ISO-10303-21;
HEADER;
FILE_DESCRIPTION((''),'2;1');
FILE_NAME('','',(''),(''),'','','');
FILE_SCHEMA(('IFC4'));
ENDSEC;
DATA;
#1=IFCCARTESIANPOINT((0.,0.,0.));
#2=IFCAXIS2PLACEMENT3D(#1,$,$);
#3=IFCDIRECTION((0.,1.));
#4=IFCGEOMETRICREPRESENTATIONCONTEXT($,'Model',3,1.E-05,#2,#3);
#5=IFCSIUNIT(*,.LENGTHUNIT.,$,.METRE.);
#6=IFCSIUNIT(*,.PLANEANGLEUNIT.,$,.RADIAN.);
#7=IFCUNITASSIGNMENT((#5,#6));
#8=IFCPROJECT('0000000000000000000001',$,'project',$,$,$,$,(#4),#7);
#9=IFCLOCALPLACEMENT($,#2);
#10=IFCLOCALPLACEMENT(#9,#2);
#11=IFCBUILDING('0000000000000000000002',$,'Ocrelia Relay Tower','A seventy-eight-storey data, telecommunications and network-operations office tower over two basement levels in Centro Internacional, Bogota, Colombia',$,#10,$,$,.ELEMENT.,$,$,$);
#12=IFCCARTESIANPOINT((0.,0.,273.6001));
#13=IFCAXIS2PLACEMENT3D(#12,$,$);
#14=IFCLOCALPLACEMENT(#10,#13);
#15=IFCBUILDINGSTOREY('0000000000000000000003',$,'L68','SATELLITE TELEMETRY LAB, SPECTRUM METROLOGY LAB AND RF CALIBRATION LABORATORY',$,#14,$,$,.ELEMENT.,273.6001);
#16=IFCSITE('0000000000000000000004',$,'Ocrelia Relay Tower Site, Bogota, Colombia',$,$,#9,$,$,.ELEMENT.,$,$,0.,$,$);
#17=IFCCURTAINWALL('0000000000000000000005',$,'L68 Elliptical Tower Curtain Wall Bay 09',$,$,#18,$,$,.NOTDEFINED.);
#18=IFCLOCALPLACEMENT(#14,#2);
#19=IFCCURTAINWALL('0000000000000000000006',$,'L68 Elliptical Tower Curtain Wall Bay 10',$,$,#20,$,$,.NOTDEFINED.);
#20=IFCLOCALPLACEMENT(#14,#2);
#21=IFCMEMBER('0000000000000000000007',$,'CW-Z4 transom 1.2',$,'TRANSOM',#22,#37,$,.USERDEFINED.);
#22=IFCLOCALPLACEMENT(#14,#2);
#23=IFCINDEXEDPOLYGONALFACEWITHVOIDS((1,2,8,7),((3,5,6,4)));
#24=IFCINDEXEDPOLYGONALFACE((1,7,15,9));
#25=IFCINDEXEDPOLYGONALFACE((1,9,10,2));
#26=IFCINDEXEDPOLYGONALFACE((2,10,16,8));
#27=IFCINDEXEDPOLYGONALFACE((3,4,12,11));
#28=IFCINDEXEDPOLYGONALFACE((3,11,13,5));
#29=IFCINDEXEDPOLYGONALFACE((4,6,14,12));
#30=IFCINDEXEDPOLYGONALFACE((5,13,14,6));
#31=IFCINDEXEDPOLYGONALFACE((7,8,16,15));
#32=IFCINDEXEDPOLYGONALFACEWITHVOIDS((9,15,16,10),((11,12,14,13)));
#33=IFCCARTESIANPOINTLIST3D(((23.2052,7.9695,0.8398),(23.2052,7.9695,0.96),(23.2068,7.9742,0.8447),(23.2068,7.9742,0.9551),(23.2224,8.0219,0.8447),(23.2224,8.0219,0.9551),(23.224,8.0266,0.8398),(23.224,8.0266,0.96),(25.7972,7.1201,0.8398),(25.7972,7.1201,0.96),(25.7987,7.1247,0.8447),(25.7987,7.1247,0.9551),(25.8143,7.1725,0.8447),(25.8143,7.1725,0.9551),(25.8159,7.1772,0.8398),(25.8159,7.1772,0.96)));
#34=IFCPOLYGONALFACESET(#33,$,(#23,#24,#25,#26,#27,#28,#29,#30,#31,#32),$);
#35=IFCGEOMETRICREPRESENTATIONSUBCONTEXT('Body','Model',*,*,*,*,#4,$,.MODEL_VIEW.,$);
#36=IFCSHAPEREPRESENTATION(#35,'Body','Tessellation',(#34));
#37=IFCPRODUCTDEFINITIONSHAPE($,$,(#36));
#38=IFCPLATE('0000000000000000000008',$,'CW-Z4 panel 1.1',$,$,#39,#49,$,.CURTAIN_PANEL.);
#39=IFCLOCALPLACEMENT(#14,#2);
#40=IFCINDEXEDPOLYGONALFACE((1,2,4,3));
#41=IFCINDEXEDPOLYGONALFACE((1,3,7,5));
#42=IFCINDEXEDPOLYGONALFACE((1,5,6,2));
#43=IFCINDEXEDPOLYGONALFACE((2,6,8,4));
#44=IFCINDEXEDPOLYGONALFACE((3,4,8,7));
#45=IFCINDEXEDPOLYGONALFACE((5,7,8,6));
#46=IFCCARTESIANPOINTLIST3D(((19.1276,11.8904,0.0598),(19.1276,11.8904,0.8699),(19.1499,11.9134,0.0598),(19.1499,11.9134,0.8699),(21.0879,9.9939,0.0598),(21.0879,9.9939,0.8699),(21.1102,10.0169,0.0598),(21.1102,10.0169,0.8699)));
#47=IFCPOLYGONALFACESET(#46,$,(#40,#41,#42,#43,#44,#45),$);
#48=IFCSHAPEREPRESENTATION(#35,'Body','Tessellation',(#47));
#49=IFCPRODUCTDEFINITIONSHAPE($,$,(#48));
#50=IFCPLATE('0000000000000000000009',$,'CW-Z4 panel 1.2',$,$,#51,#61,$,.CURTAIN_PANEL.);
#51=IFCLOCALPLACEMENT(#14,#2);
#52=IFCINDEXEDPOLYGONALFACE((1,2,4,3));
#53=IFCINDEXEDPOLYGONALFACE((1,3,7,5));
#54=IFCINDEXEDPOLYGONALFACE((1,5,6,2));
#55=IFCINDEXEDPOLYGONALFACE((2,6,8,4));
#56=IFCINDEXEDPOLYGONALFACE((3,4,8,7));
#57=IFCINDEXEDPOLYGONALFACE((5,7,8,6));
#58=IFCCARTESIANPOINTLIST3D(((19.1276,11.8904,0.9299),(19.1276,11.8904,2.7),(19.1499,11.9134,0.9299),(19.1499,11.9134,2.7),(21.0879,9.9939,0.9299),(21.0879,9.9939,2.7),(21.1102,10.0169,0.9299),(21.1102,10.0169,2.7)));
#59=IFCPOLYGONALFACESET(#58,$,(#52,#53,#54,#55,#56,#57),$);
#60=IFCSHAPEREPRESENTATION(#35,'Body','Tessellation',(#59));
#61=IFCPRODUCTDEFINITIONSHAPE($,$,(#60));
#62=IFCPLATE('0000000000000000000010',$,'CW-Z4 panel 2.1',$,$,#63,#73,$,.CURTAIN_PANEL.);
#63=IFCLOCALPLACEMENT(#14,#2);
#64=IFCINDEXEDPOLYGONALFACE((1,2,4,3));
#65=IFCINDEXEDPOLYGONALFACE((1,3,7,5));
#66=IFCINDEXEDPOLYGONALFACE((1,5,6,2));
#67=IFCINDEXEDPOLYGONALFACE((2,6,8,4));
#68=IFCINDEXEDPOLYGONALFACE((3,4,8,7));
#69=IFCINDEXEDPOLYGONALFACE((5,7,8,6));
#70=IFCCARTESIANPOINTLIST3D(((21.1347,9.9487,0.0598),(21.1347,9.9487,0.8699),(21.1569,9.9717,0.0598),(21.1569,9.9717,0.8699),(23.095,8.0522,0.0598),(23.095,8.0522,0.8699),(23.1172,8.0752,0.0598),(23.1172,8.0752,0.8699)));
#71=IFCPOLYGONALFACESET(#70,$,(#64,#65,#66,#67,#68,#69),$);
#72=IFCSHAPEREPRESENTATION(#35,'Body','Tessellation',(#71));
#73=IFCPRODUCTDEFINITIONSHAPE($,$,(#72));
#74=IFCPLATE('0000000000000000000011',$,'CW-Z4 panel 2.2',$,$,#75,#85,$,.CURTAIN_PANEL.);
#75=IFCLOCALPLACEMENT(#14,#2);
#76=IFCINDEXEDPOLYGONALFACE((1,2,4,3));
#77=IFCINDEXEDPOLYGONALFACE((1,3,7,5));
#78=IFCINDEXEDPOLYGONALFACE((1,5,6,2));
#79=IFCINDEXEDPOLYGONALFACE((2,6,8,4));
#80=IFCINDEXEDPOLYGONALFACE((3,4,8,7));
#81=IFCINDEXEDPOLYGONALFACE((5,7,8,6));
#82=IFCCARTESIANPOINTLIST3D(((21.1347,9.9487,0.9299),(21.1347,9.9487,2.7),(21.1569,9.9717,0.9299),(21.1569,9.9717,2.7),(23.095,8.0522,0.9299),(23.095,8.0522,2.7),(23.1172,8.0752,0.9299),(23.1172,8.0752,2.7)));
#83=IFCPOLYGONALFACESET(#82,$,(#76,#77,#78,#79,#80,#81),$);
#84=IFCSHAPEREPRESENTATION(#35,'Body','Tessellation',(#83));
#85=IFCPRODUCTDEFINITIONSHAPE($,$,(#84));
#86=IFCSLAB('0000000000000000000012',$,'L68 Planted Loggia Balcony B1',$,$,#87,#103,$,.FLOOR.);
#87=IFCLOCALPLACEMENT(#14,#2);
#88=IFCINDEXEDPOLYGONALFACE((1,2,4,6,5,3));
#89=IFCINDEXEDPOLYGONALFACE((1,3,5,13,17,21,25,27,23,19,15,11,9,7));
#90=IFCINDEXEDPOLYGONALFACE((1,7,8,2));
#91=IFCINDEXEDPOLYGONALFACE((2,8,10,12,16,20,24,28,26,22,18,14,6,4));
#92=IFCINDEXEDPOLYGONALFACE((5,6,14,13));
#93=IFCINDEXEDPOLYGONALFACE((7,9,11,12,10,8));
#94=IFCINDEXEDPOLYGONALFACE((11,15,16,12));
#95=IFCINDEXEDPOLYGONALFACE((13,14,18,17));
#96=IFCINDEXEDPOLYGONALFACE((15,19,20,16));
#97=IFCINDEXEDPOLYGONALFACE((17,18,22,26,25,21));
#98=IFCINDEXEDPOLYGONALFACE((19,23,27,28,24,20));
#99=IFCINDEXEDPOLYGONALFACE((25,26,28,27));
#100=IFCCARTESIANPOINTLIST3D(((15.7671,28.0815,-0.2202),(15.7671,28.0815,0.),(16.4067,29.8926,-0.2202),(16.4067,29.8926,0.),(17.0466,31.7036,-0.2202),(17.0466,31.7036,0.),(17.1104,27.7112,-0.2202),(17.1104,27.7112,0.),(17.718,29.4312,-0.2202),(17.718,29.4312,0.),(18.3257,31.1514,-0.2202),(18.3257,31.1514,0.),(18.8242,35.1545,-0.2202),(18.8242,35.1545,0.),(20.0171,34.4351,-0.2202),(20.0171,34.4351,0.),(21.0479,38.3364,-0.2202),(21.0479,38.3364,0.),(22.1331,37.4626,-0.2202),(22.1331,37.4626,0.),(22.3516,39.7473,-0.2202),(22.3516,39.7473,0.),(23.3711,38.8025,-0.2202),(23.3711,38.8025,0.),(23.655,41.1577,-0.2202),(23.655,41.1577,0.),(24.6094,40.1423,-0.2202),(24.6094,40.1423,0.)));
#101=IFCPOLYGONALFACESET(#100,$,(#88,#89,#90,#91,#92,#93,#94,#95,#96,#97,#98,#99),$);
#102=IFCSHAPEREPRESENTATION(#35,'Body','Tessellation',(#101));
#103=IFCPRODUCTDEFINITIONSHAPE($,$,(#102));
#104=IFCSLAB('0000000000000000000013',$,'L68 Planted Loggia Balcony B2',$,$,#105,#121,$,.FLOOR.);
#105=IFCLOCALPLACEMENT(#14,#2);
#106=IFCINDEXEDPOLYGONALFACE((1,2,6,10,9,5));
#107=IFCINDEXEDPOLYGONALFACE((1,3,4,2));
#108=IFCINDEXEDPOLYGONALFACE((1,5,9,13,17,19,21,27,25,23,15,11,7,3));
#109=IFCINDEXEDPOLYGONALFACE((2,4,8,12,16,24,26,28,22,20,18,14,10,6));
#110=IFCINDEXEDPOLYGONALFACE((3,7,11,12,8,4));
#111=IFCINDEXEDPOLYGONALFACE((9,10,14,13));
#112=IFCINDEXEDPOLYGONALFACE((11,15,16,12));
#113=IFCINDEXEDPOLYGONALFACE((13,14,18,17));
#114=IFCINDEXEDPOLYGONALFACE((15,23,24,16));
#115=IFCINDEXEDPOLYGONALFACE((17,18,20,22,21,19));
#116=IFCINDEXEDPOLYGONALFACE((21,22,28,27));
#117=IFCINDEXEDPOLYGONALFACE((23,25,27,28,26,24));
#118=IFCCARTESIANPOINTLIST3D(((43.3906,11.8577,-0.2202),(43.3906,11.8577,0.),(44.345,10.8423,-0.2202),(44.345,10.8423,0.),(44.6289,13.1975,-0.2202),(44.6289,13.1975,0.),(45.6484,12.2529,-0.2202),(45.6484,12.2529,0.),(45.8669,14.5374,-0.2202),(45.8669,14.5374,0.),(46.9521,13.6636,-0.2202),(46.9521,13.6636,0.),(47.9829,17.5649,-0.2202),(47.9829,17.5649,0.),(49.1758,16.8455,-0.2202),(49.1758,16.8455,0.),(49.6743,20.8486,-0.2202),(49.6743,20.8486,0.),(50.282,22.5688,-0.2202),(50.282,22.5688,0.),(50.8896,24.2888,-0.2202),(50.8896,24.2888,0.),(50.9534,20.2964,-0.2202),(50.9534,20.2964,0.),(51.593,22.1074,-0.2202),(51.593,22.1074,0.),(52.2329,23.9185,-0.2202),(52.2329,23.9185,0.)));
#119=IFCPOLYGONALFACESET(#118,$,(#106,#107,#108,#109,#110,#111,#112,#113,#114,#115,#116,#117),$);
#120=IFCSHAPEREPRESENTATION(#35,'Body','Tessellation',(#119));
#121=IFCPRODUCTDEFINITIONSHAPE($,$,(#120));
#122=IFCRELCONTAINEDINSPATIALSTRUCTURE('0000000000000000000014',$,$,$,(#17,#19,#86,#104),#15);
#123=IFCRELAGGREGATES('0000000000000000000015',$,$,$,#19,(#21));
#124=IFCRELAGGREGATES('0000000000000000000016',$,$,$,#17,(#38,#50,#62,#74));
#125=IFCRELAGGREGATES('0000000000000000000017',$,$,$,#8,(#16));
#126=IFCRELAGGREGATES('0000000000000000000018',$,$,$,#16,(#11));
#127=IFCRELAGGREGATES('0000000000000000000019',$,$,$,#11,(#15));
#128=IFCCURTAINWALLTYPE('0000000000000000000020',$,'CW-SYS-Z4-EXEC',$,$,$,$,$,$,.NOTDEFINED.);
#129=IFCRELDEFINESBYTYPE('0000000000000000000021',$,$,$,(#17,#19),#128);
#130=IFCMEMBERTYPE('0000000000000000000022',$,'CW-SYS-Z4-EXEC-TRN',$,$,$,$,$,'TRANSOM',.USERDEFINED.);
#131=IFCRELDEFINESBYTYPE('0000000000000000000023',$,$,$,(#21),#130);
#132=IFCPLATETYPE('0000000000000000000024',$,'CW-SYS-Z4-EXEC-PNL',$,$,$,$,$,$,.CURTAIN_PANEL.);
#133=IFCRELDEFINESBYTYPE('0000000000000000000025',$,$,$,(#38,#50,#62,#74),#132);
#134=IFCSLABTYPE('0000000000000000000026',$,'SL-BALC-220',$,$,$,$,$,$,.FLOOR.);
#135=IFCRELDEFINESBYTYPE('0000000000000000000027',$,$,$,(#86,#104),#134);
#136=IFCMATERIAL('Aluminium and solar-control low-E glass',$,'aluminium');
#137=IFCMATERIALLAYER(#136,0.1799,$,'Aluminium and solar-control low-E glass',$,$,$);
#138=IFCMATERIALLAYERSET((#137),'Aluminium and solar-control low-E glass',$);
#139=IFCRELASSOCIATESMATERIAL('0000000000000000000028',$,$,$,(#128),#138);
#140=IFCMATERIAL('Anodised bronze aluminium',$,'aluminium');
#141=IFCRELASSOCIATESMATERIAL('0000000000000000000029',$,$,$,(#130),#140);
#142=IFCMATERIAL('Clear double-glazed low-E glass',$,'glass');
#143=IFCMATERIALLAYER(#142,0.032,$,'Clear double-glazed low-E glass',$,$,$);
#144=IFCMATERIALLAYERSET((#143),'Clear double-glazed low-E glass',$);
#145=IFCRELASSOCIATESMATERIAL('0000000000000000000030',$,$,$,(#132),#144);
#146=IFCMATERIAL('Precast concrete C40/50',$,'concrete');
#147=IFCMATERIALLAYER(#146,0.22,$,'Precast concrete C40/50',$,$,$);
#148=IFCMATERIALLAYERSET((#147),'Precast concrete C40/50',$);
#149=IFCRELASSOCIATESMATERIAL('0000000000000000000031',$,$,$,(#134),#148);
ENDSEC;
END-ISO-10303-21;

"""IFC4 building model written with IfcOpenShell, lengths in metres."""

from ifc_helpers import new_model, si_unit, direction, frame, origin, origin_2d, place, context, subcontext, project, spatial, polyline, rectangle, hollow_rectangle, outline, extrude, material, layer, layer_set, material_profile, profile_set, type_object, element, aggregate, save


model = new_model("IFC4")

# Units and contexts
model_context = context("Model", 3, precision=1e-05, world=origin(), true_north=direction((0.0, 1.0)))
body_context = subcontext(model_context, "Body", "Model", "MODEL_VIEW")
ifc_project = project(units=[si_unit("LENGTHUNIT", "METRE"), si_unit("PLANEANGLEUNIT", "RADIAN")], contexts=[model_context])

# Site, building, storey
site_placement = place(None, origin())
site = spatial("IfcSite", under=ifc_project, at=site_placement, Name="Ocrelia Relay Tower Site, Bogota, Colombia", CompositionType="ELEMENT", RefElevation=0.0)
building_placement = place(site_placement, origin())
building = spatial("IfcBuilding", under=site, at=building_placement, Name="Ocrelia Relay Tower", Description="A seventy-eight-storey data, telecommunications and network-operations office tower over two basement levels in Centro Internacional, Bogota, Colombia", CompositionType="ELEMENT")
storey_placement = place(building_placement, frame((0.0, 0.0, 273.6001)))
storey = spatial("IfcBuildingStorey", under=building, at=storey_placement, Name="L68", Description="SATELLITE TELEMETRY LAB, SPECTRUM METROLOGY LAB AND RF CALIBRATION LABORATORY", CompositionType="ELEMENT", Elevation=273.6001)

# Curtain wall
ifc_material_1 = material(Name="Aluminium and solar-control low-E glass", Category="aluminium")
ifc_layer_1 = layer(ifc_material_1, 0.1799, Name="Aluminium and solar-control low-E glass")
ifc_layer_set_1 = layer_set([ifc_layer_1], Name="Aluminium and solar-control low-E glass")
curtain_wall_type = type_object("IfcCurtainWallType", Name="CW-SYS-Z4-EXEC", PredefinedType="NOTDEFINED", material=ifc_layer_set_1)
curtain_wall_1_placement = place(storey_placement, origin())
curtain_wall_1 = element("IfcCurtainWall", 1, at=curtain_wall_1_placement, inside=storey, type_object=curtain_wall_type, Name="L68 Elliptical Tower Curtain Wall Bay 09", PredefinedType="NOTDEFINED")
ifc_material_2 = material(Name="Anodised bronze aluminium", Category="aluminium")

# Curtain wall
curtain_wall_2_placement = place(storey_placement, origin())
curtain_wall_2 = element("IfcCurtainWall", 2, at=curtain_wall_2_placement, inside=storey, type_object=curtain_wall_type, Name="L68 Elliptical Tower Curtain Wall Bay 10", PredefinedType="NOTDEFINED")

# Member
ifc_material_profile_1 = material_profile(ifc_material_2, hollow_rectangle(XDim=0.0601, YDim=0.1201, WallThickness=0.0049, at=origin_2d()), Name="CW-TRN-120x60")
ifc_profile_set_1 = profile_set([ifc_material_profile_1], Name="Anodised bronze aluminium")
member_type_1 = type_object("IfcMemberType", Name="CW-SYS-Z4-EXEC-TRN", ElementType="TRANSOM", PredefinedType="USERDEFINED", material=ifc_profile_set_1)
member_1_placement = place(storey_placement, frame((23.2146, 7.998, 0.8999), z_axis=(0.950273, -0.311417, 0.0), x_axis=(0.311417, 0.950273, 0.0)))
member_1 = element("IfcMember", 3, at=member_1_placement, type_object=member_type_1, Name="CW-Z4 transom 1.2", ObjectType="TRANSOM", PredefinedType="USERDEFINED", context=body_context, shape_type="SweptSolid", body=[
    extrude(hollow_rectangle(XDim=0.0601, YDim=0.1201, WallThickness=0.0049, at=origin_2d()), origin(), (0.0, 0.0, 1.0), 2.7275),
])
aggregate(curtain_wall_2, [member_1])

# Plates
ifc_material_3 = material(Name="Clear double-glazed low-E glass", Category="glass")
ifc_layer_2 = layer(ifc_material_3, 0.032, Name="Clear double-glazed low-E glass")
ifc_layer_set_2 = layer_set([ifc_layer_2], Name="Clear double-glazed low-E glass")
plate_type = type_object("IfcPlateType", Name="CW-SYS-Z4-EXEC-PNL", PredefinedType="CURTAIN_PANEL", material=ifc_layer_set_2)
plate_1_placement = place(storey_placement, frame((20.1189, 10.9536, 0.0598), z_axis=(0.0, 0.0, 1.0), x_axis=(0.718709, -0.695311, 0.0)))
plate_1 = element("IfcPlate", 4, at=plate_1_placement, type_object=plate_type, Name="CW-Z4 panel 1.1", PredefinedType="CURTAIN_PANEL", context=body_context, shape_type="SweptSolid", body=[
    extrude(rectangle(XDim=2.7275, YDim=0.032, at=origin_2d()), origin(), (0.0, 0.0, 1.0), 0.8101),
])
plate_2_placement = place(storey_placement, frame((20.1189, 10.9536, 0.9299), z_axis=(0.0, 0.0, 1.0), x_axis=(0.718709, -0.695311, 0.0)))
plate_2 = element("IfcPlate", 5, at=plate_2_placement, type_object=plate_type, Name="CW-Z4 panel 1.2", PredefinedType="CURTAIN_PANEL", context=body_context, shape_type="SweptSolid", body=[
    extrude(rectangle(XDim=2.7275, YDim=0.032, at=origin_2d()), origin(), (0.0, 0.0, 1.0), 1.77),
])
plate_3_placement = place(storey_placement, frame((22.126, 9.012, 0.0598), z_axis=(0.0, 0.0, 1.0), x_axis=(0.718709, -0.695311, 0.0)))
plate_3 = element("IfcPlate", 6, at=plate_3_placement, type_object=plate_type, Name="CW-Z4 panel 2.1", PredefinedType="CURTAIN_PANEL", context=body_context, shape_type="SweptSolid", body=[
    extrude(rectangle(XDim=2.7275, YDim=0.032, at=origin_2d()), origin(), (0.0, 0.0, 1.0), 0.8101),
])
plate_4_placement = place(storey_placement, frame((22.126, 9.012, 0.9299), z_axis=(0.0, 0.0, 1.0), x_axis=(0.718709, -0.695311, 0.0)))
plate_4 = element("IfcPlate", 7, at=plate_4_placement, type_object=plate_type, Name="CW-Z4 panel 2.2", PredefinedType="CURTAIN_PANEL", context=body_context, shape_type="SweptSolid", body=[
    extrude(rectangle(XDim=2.7275, YDim=0.032, at=origin_2d()), origin(), (0.0, 0.0, 1.0), 1.77),
])
aggregate(curtain_wall_1, [plate_1, plate_2, plate_3, plate_4])

# Slabs
ifc_material_4 = material(Name="Precast concrete C40/50", Category="concrete")
ifc_layer_3 = layer(ifc_material_4, 0.22, Name="Precast concrete C40/50")
ifc_layer_set_3 = layer_set([ifc_layer_3], Name="Precast concrete C40/50")
slab_type_1 = type_object("IfcSlabType", Name="SL-BALC-220", PredefinedType="FLOOR", material=ifc_layer_set_3)
slab_1_placement = place(storey_placement, frame((0.0, 0.0, -0.2202)))
element("IfcSlab", 8, at=slab_1_placement, inside=storey, type_object=slab_type_1, Name="L68 Planted Loggia Balcony B1", PredefinedType="FLOOR", context=body_context, shape_type="SweptSolid", body=[
    extrude(outline(polyline([(24.6094, 40.1423), (23.3711, 38.8025), (22.1331, 37.4626), (20.0171, 34.4351), (18.3257, 31.1514), (17.718, 29.4312), (17.1104, 27.7112), (15.7671, 28.0815), (16.4067, 29.8926), (17.0466, 31.7036), (18.8242, 35.1545), (21.0479, 38.3364), (22.3516, 39.7473), (23.655, 41.1577), (24.6094, 40.1423)])), origin(), (0.0, 0.0, 1.0), 0.2202),
])
slab_2_placement = place(storey_placement, frame((0.0, 0.0, -0.2202)))
element("IfcSlab", 9, at=slab_2_placement, inside=storey, type_object=slab_type_1, Name="L68 Planted Loggia Balcony B2", PredefinedType="FLOOR", context=body_context, shape_type="SweptSolid", body=[
    extrude(outline(polyline([(43.3906, 11.8577), (44.6289, 13.1975), (45.8669, 14.5374), (47.9829, 17.5649), (49.6743, 20.8486), (50.282, 22.5688), (50.8896, 24.2888), (52.2329, 23.9185), (51.593, 22.1074), (50.9534, 20.2964), (49.1758, 16.8455), (46.9521, 13.6636), (45.6484, 12.2529), (44.345, 10.8423), (43.3906, 11.8577)])), origin(), (0.0, 0.0, 1.0), 0.2202),
])

save(model, "model.ifc")
